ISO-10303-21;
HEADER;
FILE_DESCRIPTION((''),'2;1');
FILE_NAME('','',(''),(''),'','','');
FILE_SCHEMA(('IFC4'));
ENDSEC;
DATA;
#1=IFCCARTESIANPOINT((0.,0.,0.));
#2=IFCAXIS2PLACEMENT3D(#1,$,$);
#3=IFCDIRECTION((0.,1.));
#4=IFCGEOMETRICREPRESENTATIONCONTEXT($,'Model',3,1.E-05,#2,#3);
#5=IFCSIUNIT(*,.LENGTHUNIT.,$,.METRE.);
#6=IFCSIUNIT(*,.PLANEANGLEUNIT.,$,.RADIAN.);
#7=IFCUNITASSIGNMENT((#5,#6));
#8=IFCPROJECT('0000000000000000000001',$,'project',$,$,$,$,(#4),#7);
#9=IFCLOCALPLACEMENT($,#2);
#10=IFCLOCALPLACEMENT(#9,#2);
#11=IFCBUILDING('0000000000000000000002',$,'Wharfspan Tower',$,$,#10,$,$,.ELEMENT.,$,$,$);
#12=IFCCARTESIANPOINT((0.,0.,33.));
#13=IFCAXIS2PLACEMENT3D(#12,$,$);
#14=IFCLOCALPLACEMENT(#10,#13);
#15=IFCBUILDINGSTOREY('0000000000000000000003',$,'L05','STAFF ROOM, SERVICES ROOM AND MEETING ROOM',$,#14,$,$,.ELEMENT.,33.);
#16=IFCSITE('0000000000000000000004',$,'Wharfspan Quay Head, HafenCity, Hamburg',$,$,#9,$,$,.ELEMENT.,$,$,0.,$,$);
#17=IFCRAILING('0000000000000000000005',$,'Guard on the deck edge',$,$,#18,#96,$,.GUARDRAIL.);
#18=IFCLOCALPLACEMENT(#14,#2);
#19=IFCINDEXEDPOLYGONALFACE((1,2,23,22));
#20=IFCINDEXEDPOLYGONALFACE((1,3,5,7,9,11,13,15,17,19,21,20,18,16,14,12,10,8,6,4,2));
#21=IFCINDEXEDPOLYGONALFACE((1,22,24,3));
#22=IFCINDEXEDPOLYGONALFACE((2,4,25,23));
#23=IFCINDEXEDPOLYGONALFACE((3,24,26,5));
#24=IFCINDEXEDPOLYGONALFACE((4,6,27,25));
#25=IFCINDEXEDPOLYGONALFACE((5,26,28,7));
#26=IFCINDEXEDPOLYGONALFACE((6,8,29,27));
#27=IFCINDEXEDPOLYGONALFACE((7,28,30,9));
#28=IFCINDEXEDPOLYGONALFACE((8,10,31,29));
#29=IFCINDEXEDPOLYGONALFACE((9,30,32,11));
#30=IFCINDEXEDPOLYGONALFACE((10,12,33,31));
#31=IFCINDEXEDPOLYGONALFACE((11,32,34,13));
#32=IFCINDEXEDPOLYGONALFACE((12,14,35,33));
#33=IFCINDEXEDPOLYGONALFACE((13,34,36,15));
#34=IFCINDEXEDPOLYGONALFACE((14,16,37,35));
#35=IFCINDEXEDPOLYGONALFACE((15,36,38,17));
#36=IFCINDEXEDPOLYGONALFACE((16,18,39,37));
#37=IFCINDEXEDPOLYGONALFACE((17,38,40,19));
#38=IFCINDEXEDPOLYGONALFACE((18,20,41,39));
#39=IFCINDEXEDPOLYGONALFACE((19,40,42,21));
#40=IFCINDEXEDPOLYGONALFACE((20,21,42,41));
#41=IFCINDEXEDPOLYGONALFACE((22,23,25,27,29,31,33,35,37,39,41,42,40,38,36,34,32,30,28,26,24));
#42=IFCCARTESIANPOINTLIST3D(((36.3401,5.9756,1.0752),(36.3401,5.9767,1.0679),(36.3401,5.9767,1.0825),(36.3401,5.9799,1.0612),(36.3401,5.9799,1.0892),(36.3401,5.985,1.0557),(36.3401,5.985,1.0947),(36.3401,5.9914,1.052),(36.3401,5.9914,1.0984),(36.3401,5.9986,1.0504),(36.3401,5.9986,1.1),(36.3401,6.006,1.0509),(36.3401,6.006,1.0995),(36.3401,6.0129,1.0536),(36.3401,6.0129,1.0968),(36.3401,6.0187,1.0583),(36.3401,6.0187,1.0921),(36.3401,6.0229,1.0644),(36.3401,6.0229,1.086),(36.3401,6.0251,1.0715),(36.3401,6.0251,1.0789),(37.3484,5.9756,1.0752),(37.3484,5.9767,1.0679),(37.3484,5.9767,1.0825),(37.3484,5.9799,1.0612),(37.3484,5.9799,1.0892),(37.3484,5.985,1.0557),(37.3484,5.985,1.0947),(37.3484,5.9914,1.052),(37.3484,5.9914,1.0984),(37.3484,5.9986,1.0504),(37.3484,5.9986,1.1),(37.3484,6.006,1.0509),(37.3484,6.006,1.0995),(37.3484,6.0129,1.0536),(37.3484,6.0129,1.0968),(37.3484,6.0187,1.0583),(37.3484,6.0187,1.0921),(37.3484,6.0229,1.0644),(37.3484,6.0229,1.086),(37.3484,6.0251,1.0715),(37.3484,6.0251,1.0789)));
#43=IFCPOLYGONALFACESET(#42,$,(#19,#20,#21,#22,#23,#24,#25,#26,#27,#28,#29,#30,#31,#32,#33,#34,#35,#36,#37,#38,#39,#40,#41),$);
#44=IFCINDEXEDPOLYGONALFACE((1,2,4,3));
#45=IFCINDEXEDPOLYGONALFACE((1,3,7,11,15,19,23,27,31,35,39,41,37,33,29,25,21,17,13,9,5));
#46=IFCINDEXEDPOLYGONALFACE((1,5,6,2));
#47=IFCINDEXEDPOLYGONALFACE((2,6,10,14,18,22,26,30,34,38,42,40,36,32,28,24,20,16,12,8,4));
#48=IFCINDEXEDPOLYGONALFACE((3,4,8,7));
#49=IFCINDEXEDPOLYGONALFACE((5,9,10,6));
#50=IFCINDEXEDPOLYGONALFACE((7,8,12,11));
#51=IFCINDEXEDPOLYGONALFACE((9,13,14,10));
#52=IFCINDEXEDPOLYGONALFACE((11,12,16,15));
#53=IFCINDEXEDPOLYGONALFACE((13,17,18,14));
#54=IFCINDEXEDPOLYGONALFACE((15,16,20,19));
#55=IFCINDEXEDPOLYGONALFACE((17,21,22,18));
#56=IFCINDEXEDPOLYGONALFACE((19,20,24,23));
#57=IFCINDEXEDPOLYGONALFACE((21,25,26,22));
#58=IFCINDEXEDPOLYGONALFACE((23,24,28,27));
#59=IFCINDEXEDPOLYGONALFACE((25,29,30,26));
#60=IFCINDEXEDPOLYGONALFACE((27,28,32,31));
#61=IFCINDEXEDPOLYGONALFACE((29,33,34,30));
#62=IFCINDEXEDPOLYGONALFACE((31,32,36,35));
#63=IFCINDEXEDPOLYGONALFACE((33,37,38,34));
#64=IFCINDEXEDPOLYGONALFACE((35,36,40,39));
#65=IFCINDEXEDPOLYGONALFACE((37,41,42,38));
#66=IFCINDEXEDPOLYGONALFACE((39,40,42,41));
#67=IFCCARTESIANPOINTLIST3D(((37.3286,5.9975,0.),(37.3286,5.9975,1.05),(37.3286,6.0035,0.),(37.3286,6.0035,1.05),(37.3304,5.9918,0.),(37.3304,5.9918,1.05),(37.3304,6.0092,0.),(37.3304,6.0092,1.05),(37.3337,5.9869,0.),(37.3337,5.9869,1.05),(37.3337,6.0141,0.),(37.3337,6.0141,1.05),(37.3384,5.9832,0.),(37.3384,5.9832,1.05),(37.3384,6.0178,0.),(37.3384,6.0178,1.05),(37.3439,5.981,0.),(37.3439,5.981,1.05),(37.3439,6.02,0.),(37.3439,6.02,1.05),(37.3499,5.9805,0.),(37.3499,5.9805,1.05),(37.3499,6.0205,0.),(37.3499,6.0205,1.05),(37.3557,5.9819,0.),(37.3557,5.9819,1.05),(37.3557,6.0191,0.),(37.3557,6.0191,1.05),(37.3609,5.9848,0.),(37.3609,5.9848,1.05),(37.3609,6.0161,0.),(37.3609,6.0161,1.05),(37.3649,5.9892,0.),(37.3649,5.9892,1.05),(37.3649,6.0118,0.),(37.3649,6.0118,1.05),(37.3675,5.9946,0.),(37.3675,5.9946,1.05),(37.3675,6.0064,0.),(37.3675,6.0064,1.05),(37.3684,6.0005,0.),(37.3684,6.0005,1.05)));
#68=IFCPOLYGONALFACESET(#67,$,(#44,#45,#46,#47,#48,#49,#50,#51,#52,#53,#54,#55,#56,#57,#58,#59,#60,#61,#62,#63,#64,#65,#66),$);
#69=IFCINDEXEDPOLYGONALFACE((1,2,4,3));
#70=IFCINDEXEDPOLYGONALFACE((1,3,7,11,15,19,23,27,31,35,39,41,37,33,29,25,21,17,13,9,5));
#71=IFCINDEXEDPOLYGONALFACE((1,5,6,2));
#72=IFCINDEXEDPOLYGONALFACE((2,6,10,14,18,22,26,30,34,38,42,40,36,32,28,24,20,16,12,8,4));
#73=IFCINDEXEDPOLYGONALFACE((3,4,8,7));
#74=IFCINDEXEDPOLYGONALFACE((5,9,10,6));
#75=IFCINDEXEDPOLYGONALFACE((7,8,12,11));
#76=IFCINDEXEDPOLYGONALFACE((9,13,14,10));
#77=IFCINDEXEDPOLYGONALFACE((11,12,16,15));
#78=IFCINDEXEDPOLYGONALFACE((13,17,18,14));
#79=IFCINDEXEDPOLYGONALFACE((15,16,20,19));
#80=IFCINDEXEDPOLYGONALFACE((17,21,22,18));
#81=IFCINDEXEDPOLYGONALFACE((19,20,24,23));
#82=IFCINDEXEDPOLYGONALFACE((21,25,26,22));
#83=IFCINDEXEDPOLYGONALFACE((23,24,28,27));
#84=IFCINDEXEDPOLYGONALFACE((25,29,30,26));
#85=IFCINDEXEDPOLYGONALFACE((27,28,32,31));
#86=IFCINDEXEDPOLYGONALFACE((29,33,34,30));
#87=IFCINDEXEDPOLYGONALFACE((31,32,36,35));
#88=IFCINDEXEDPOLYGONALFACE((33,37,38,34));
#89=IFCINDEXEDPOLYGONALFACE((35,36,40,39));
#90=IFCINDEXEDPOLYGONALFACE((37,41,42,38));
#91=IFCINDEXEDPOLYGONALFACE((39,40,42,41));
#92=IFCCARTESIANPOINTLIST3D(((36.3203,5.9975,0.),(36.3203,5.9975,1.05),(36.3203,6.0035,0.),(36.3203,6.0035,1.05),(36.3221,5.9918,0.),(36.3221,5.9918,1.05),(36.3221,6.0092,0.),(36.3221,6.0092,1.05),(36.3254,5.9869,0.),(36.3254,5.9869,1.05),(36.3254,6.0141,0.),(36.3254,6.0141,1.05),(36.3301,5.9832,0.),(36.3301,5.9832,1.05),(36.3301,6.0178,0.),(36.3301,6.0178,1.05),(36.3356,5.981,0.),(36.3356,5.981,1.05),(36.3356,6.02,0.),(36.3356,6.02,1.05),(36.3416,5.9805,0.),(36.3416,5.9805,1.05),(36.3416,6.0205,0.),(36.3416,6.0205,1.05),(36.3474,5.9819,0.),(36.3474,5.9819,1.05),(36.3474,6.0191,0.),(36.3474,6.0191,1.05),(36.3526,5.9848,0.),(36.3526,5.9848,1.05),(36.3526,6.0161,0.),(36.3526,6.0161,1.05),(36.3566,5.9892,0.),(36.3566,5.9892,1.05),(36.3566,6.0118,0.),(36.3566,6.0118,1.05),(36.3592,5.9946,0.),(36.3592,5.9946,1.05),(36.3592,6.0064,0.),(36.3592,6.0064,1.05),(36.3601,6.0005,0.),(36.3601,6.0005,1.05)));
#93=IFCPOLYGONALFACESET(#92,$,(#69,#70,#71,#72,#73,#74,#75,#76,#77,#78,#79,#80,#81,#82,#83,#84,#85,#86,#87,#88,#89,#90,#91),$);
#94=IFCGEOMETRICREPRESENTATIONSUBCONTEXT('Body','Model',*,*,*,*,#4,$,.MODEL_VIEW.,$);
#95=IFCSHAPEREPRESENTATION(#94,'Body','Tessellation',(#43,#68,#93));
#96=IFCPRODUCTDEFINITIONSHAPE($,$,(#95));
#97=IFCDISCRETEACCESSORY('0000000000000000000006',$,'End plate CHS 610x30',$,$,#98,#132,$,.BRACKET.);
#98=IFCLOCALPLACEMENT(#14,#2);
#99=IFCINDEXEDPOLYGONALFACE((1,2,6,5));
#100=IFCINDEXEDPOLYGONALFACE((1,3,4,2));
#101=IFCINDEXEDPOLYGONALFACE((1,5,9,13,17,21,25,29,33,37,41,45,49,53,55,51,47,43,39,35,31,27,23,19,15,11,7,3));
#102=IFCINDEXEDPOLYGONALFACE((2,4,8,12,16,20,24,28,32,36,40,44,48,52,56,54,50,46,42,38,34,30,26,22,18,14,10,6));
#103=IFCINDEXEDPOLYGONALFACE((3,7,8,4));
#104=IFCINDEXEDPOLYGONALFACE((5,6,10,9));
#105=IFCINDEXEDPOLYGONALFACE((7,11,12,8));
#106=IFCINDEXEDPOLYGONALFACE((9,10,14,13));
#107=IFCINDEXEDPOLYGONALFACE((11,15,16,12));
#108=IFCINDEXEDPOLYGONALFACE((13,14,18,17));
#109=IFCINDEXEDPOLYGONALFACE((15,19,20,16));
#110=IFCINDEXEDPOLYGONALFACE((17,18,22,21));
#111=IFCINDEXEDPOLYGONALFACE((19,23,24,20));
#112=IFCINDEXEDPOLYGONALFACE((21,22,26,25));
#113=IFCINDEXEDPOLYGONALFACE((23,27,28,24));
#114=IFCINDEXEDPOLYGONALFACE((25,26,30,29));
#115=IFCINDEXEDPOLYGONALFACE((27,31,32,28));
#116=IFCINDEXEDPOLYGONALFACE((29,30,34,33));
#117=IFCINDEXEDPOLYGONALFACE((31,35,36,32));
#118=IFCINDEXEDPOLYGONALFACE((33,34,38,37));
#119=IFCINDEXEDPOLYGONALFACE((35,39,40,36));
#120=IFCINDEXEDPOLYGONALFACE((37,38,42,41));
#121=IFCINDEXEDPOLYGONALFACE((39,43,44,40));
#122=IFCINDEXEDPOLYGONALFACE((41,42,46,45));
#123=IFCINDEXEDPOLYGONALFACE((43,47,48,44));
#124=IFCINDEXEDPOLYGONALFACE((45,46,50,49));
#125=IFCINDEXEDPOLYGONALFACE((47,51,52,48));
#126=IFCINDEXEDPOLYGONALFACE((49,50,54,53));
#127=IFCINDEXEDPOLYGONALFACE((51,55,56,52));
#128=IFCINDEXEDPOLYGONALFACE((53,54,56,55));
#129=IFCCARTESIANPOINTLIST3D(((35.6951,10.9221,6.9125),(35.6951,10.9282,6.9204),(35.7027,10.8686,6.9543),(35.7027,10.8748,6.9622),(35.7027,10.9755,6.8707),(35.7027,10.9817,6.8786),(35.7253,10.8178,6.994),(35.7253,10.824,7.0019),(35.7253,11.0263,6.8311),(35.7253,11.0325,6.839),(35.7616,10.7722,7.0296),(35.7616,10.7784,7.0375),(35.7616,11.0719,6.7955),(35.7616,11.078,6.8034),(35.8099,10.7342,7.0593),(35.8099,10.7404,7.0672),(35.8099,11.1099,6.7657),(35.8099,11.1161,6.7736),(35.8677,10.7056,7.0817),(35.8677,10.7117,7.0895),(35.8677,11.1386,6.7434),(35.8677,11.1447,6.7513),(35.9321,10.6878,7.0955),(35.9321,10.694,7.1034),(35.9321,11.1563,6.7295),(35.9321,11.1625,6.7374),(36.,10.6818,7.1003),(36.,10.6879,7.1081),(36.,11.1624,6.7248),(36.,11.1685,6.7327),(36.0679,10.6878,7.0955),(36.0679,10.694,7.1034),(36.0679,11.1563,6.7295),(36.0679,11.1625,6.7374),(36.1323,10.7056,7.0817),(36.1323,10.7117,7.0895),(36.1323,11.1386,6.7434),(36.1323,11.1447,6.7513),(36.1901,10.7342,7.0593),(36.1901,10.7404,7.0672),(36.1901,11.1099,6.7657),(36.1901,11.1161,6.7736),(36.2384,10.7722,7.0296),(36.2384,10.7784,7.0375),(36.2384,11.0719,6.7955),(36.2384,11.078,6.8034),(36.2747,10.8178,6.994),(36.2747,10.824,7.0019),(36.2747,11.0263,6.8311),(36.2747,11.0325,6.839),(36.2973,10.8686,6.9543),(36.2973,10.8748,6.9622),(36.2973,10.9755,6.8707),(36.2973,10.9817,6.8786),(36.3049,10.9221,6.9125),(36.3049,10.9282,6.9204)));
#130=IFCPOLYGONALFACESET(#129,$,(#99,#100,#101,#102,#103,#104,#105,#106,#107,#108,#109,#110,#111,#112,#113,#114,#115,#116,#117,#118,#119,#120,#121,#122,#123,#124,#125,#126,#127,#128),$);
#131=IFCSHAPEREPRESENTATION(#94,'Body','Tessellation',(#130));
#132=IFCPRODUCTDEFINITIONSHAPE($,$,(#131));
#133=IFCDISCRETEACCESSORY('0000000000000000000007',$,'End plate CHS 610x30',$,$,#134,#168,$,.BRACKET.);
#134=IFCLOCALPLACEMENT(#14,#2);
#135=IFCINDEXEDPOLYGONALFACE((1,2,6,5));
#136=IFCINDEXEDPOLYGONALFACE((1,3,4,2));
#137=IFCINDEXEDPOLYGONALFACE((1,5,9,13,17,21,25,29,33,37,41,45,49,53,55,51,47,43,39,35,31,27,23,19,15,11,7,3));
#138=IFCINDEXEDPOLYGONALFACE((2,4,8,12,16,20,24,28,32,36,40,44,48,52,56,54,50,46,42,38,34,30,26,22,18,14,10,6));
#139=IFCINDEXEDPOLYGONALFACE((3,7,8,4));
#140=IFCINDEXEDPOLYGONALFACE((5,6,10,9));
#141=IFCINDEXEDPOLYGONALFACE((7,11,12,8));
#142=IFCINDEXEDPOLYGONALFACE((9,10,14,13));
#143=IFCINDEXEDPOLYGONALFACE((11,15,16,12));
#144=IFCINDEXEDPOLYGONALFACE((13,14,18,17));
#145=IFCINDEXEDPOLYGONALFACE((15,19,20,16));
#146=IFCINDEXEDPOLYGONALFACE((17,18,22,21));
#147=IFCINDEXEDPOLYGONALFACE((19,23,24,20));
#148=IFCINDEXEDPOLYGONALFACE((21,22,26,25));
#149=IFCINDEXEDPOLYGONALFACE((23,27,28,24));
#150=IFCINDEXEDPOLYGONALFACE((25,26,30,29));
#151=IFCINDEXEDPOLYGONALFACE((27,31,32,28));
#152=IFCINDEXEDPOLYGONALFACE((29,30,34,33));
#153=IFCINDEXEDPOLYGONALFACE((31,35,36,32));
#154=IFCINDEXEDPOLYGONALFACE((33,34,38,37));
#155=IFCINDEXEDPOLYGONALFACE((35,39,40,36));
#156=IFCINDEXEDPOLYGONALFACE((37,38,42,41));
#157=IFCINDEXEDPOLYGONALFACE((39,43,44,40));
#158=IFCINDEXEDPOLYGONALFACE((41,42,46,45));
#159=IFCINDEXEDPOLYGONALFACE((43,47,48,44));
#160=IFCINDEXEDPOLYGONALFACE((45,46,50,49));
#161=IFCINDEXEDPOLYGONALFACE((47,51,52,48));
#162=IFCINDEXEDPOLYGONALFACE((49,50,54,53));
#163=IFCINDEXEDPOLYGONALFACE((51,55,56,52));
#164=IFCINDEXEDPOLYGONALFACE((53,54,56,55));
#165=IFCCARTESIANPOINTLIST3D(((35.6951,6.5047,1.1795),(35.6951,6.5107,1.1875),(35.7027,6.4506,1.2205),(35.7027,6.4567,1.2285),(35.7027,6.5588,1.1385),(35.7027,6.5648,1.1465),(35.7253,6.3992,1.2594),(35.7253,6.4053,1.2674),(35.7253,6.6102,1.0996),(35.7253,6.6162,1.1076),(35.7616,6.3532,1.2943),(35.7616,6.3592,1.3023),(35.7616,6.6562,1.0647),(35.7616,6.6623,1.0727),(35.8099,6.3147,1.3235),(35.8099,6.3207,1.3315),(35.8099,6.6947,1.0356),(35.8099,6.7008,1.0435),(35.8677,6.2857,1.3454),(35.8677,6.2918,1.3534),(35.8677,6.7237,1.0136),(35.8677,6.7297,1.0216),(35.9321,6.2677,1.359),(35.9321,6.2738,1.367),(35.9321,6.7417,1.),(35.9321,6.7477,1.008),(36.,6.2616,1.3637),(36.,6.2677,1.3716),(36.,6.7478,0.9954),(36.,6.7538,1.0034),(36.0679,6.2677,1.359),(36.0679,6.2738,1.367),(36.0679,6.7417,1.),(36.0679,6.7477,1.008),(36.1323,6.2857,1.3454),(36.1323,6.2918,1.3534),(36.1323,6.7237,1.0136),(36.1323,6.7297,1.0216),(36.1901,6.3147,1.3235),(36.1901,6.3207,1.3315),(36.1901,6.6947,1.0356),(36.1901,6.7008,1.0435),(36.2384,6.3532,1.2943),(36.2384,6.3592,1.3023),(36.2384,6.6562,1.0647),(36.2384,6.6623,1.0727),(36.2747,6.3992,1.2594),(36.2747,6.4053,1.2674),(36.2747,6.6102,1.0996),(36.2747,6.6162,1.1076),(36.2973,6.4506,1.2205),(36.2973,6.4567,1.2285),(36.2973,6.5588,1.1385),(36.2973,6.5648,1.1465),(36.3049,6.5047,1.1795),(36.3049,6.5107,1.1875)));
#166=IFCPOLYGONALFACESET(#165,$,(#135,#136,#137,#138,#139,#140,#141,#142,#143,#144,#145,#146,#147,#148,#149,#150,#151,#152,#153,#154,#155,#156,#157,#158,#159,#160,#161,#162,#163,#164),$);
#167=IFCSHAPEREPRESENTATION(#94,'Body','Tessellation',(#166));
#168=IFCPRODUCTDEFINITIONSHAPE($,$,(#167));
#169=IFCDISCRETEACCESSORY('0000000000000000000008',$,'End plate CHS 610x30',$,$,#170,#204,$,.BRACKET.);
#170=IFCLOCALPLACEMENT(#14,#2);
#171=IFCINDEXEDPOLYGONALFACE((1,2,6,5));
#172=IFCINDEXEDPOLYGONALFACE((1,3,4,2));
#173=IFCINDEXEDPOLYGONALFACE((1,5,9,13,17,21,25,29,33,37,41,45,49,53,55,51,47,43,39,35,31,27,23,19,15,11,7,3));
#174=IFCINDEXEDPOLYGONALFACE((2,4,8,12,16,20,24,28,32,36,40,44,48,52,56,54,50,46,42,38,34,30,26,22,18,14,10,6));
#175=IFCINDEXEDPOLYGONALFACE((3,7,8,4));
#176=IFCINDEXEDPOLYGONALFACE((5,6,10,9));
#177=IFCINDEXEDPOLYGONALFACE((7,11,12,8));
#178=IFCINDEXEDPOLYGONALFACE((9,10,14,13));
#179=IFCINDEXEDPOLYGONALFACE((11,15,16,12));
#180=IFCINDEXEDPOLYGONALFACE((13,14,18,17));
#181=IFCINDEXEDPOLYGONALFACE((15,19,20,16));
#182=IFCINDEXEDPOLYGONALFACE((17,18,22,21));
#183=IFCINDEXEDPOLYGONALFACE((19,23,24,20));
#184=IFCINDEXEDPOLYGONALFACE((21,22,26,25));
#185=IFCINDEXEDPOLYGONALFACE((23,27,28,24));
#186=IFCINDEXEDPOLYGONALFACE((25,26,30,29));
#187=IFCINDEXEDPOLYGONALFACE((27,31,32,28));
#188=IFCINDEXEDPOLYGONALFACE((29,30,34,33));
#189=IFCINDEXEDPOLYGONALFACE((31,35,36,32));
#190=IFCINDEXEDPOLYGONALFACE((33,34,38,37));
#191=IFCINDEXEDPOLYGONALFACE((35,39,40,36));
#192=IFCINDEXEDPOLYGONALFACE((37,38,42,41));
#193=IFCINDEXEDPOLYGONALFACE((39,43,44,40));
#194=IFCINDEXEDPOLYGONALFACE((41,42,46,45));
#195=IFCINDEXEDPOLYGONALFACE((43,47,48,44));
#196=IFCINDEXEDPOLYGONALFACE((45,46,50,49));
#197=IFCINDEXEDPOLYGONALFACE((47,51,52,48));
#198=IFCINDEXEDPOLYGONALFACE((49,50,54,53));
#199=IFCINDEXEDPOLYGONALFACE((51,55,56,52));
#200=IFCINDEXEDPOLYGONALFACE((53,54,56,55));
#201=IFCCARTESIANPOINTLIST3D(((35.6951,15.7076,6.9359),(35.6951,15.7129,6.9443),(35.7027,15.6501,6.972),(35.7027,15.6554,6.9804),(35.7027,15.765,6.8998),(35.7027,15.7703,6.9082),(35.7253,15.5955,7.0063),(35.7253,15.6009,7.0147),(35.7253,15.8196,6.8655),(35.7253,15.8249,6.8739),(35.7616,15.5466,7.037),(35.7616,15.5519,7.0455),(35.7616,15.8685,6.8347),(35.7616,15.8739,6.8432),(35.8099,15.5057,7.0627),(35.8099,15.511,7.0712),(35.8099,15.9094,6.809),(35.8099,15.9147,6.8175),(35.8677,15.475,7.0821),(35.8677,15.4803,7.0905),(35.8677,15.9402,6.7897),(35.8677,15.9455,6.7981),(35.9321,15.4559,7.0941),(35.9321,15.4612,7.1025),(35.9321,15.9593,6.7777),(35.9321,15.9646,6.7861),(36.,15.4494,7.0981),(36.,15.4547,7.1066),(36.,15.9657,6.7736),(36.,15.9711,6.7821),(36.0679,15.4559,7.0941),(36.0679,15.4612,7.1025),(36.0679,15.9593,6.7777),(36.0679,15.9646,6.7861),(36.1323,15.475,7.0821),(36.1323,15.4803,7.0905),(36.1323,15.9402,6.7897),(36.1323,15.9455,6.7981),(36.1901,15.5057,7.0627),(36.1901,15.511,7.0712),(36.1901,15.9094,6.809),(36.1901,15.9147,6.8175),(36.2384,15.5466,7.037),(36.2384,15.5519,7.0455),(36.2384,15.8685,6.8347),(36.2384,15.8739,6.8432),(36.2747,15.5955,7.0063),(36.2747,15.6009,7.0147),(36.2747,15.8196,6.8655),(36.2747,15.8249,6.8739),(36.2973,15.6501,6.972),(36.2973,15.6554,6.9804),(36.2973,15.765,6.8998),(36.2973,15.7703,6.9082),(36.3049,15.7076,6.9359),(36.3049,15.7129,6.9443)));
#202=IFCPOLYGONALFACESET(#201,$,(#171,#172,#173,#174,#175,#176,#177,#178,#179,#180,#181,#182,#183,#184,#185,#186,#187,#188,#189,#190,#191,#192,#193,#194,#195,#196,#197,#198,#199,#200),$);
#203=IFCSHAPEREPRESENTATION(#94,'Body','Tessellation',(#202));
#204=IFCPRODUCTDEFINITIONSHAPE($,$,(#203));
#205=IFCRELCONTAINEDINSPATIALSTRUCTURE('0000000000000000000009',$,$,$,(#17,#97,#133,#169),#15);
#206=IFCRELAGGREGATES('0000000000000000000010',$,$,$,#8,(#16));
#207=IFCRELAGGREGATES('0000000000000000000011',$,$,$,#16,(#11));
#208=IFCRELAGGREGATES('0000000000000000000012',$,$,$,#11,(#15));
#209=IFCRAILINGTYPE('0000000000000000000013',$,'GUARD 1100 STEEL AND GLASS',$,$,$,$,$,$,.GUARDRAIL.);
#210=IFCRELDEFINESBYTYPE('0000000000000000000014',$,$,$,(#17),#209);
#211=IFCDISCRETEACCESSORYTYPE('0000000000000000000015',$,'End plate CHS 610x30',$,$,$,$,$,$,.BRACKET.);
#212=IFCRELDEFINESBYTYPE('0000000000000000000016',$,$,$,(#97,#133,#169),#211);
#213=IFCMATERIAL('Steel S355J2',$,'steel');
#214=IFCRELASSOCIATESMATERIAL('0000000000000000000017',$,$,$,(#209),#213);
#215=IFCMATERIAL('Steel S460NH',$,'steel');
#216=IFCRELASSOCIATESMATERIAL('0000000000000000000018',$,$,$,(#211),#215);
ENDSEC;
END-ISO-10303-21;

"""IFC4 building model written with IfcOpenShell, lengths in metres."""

from ifc_helpers import new_model, si_unit, direction, frame, origin, origin_2d, place, context, subcontext, project, spatial, circle, extrude, material, material_profile, profile_set, type_object, element, save


model = new_model("IFC4")

# Units and contexts
model_context = context("Model", 3, precision=1e-05, world=origin(), true_north=direction((0.0, 1.0)))
body_context = subcontext(model_context, "Body", "Model", "MODEL_VIEW")
ifc_project = project(units=[si_unit("LENGTHUNIT", "METRE"), si_unit("PLANEANGLEUNIT", "RADIAN")], contexts=[model_context])

# Site, building, storey
site_placement = place(None, origin())
site = spatial("IfcSite", under=ifc_project, at=site_placement, Name="Wharfspan Quay Head, HafenCity, Hamburg", CompositionType="ELEMENT", RefElevation=0.0)
building_placement = place(site_placement, origin())
building = spatial("IfcBuilding", under=site, at=building_placement, Name="Wharfspan Tower", CompositionType="ELEMENT")
storey_placement = place(building_placement, frame((0.0, 0.0, 33.0)))
storey = spatial("IfcBuildingStorey", under=building, at=storey_placement, Name="L05", Description="STAFF ROOM, SERVICES ROOM AND MEETING ROOM", CompositionType="ELEMENT", Elevation=33.0)

# Shared definitions
ifc_material_1 = material(Name="Steel S460NH", Category="steel")

# Railing
ifc_material_2 = material(Name="Steel S355J2", Category="steel")
railing_type = type_object("IfcRailingType", Name="GUARD 1100 STEEL AND GLASS", PredefinedType="GUARDRAIL", material=ifc_material_2)
railing_1_placement = place(storey_placement, frame((37.3484, 6.0005, 0.0)))
element("IfcRailing", 1, at=railing_1_placement, inside=storey, type_object=railing_type, Name="Guard on the deck edge", PredefinedType="GUARDRAIL", context=body_context, shape_type="SweptSolid", body=[
    extrude(circle(Radius=0.0249, at=origin_2d()), frame((0.0, 0.0, 1.0752), z_axis=(-1.0, 0.0, 0.0), x_axis=(0.0, -1.0, 0.0)), (0.0, 0.0, 1.0), 1.0083),
    extrude(circle(Radius=0.02, at=origin_2d()), origin(), (0.0, 0.0, 1.0), 1.05),
    extrude(circle(Radius=0.02, at=origin_2d()), frame((-1.0083, 0.0, 0.0)), (0.0, 0.0, 1.0), 1.05),
])

# Discrete accessories
ifc_material_profile_1 = material_profile(ifc_material_1, circle(Radius=0.3049, at=origin_2d()))
ifc_profile_set_1 = profile_set([ifc_material_profile_1], Name="Steel S460NH")
discrete_accessory_type = type_object("IfcDiscreteAccessoryType", Name="End plate CHS 610x30", PredefinedType="BRACKET", material=ifc_profile_set_1)
for number, where, z_axis, x_axis, name in (
    (2, (36.0, 10.9282, 6.9204), (0.0, -0.615644, -0.788024), (1.0, 0.0, 0.0), "End plate CHS 610x30"),
    (3, (36.0, 6.5107, 1.1875), (0.0, -0.603858, -0.797092), (1.0, 0.0, 0.0), "End plate CHS 610x30"),
    (4, (36.0, 15.7129, 6.9443), (0.0, -0.532172, -0.846637), (1.0, 0.0, 0.0), "End plate CHS 610x30"),
):
    element("IfcDiscreteAccessory", number, at=place(storey_placement, frame(where, z_axis=z_axis, x_axis=x_axis)), inside=storey, type_object=discrete_accessory_type, Name=name, PredefinedType="BRACKET", context=body_context, shape_type="SweptSolid", body=[
        extrude(circle(Radius=0.3049, at=origin_2d()), origin(), (0.0, 0.0, 1.0), 0.01),
    ])

save(model, "model.ifc")
